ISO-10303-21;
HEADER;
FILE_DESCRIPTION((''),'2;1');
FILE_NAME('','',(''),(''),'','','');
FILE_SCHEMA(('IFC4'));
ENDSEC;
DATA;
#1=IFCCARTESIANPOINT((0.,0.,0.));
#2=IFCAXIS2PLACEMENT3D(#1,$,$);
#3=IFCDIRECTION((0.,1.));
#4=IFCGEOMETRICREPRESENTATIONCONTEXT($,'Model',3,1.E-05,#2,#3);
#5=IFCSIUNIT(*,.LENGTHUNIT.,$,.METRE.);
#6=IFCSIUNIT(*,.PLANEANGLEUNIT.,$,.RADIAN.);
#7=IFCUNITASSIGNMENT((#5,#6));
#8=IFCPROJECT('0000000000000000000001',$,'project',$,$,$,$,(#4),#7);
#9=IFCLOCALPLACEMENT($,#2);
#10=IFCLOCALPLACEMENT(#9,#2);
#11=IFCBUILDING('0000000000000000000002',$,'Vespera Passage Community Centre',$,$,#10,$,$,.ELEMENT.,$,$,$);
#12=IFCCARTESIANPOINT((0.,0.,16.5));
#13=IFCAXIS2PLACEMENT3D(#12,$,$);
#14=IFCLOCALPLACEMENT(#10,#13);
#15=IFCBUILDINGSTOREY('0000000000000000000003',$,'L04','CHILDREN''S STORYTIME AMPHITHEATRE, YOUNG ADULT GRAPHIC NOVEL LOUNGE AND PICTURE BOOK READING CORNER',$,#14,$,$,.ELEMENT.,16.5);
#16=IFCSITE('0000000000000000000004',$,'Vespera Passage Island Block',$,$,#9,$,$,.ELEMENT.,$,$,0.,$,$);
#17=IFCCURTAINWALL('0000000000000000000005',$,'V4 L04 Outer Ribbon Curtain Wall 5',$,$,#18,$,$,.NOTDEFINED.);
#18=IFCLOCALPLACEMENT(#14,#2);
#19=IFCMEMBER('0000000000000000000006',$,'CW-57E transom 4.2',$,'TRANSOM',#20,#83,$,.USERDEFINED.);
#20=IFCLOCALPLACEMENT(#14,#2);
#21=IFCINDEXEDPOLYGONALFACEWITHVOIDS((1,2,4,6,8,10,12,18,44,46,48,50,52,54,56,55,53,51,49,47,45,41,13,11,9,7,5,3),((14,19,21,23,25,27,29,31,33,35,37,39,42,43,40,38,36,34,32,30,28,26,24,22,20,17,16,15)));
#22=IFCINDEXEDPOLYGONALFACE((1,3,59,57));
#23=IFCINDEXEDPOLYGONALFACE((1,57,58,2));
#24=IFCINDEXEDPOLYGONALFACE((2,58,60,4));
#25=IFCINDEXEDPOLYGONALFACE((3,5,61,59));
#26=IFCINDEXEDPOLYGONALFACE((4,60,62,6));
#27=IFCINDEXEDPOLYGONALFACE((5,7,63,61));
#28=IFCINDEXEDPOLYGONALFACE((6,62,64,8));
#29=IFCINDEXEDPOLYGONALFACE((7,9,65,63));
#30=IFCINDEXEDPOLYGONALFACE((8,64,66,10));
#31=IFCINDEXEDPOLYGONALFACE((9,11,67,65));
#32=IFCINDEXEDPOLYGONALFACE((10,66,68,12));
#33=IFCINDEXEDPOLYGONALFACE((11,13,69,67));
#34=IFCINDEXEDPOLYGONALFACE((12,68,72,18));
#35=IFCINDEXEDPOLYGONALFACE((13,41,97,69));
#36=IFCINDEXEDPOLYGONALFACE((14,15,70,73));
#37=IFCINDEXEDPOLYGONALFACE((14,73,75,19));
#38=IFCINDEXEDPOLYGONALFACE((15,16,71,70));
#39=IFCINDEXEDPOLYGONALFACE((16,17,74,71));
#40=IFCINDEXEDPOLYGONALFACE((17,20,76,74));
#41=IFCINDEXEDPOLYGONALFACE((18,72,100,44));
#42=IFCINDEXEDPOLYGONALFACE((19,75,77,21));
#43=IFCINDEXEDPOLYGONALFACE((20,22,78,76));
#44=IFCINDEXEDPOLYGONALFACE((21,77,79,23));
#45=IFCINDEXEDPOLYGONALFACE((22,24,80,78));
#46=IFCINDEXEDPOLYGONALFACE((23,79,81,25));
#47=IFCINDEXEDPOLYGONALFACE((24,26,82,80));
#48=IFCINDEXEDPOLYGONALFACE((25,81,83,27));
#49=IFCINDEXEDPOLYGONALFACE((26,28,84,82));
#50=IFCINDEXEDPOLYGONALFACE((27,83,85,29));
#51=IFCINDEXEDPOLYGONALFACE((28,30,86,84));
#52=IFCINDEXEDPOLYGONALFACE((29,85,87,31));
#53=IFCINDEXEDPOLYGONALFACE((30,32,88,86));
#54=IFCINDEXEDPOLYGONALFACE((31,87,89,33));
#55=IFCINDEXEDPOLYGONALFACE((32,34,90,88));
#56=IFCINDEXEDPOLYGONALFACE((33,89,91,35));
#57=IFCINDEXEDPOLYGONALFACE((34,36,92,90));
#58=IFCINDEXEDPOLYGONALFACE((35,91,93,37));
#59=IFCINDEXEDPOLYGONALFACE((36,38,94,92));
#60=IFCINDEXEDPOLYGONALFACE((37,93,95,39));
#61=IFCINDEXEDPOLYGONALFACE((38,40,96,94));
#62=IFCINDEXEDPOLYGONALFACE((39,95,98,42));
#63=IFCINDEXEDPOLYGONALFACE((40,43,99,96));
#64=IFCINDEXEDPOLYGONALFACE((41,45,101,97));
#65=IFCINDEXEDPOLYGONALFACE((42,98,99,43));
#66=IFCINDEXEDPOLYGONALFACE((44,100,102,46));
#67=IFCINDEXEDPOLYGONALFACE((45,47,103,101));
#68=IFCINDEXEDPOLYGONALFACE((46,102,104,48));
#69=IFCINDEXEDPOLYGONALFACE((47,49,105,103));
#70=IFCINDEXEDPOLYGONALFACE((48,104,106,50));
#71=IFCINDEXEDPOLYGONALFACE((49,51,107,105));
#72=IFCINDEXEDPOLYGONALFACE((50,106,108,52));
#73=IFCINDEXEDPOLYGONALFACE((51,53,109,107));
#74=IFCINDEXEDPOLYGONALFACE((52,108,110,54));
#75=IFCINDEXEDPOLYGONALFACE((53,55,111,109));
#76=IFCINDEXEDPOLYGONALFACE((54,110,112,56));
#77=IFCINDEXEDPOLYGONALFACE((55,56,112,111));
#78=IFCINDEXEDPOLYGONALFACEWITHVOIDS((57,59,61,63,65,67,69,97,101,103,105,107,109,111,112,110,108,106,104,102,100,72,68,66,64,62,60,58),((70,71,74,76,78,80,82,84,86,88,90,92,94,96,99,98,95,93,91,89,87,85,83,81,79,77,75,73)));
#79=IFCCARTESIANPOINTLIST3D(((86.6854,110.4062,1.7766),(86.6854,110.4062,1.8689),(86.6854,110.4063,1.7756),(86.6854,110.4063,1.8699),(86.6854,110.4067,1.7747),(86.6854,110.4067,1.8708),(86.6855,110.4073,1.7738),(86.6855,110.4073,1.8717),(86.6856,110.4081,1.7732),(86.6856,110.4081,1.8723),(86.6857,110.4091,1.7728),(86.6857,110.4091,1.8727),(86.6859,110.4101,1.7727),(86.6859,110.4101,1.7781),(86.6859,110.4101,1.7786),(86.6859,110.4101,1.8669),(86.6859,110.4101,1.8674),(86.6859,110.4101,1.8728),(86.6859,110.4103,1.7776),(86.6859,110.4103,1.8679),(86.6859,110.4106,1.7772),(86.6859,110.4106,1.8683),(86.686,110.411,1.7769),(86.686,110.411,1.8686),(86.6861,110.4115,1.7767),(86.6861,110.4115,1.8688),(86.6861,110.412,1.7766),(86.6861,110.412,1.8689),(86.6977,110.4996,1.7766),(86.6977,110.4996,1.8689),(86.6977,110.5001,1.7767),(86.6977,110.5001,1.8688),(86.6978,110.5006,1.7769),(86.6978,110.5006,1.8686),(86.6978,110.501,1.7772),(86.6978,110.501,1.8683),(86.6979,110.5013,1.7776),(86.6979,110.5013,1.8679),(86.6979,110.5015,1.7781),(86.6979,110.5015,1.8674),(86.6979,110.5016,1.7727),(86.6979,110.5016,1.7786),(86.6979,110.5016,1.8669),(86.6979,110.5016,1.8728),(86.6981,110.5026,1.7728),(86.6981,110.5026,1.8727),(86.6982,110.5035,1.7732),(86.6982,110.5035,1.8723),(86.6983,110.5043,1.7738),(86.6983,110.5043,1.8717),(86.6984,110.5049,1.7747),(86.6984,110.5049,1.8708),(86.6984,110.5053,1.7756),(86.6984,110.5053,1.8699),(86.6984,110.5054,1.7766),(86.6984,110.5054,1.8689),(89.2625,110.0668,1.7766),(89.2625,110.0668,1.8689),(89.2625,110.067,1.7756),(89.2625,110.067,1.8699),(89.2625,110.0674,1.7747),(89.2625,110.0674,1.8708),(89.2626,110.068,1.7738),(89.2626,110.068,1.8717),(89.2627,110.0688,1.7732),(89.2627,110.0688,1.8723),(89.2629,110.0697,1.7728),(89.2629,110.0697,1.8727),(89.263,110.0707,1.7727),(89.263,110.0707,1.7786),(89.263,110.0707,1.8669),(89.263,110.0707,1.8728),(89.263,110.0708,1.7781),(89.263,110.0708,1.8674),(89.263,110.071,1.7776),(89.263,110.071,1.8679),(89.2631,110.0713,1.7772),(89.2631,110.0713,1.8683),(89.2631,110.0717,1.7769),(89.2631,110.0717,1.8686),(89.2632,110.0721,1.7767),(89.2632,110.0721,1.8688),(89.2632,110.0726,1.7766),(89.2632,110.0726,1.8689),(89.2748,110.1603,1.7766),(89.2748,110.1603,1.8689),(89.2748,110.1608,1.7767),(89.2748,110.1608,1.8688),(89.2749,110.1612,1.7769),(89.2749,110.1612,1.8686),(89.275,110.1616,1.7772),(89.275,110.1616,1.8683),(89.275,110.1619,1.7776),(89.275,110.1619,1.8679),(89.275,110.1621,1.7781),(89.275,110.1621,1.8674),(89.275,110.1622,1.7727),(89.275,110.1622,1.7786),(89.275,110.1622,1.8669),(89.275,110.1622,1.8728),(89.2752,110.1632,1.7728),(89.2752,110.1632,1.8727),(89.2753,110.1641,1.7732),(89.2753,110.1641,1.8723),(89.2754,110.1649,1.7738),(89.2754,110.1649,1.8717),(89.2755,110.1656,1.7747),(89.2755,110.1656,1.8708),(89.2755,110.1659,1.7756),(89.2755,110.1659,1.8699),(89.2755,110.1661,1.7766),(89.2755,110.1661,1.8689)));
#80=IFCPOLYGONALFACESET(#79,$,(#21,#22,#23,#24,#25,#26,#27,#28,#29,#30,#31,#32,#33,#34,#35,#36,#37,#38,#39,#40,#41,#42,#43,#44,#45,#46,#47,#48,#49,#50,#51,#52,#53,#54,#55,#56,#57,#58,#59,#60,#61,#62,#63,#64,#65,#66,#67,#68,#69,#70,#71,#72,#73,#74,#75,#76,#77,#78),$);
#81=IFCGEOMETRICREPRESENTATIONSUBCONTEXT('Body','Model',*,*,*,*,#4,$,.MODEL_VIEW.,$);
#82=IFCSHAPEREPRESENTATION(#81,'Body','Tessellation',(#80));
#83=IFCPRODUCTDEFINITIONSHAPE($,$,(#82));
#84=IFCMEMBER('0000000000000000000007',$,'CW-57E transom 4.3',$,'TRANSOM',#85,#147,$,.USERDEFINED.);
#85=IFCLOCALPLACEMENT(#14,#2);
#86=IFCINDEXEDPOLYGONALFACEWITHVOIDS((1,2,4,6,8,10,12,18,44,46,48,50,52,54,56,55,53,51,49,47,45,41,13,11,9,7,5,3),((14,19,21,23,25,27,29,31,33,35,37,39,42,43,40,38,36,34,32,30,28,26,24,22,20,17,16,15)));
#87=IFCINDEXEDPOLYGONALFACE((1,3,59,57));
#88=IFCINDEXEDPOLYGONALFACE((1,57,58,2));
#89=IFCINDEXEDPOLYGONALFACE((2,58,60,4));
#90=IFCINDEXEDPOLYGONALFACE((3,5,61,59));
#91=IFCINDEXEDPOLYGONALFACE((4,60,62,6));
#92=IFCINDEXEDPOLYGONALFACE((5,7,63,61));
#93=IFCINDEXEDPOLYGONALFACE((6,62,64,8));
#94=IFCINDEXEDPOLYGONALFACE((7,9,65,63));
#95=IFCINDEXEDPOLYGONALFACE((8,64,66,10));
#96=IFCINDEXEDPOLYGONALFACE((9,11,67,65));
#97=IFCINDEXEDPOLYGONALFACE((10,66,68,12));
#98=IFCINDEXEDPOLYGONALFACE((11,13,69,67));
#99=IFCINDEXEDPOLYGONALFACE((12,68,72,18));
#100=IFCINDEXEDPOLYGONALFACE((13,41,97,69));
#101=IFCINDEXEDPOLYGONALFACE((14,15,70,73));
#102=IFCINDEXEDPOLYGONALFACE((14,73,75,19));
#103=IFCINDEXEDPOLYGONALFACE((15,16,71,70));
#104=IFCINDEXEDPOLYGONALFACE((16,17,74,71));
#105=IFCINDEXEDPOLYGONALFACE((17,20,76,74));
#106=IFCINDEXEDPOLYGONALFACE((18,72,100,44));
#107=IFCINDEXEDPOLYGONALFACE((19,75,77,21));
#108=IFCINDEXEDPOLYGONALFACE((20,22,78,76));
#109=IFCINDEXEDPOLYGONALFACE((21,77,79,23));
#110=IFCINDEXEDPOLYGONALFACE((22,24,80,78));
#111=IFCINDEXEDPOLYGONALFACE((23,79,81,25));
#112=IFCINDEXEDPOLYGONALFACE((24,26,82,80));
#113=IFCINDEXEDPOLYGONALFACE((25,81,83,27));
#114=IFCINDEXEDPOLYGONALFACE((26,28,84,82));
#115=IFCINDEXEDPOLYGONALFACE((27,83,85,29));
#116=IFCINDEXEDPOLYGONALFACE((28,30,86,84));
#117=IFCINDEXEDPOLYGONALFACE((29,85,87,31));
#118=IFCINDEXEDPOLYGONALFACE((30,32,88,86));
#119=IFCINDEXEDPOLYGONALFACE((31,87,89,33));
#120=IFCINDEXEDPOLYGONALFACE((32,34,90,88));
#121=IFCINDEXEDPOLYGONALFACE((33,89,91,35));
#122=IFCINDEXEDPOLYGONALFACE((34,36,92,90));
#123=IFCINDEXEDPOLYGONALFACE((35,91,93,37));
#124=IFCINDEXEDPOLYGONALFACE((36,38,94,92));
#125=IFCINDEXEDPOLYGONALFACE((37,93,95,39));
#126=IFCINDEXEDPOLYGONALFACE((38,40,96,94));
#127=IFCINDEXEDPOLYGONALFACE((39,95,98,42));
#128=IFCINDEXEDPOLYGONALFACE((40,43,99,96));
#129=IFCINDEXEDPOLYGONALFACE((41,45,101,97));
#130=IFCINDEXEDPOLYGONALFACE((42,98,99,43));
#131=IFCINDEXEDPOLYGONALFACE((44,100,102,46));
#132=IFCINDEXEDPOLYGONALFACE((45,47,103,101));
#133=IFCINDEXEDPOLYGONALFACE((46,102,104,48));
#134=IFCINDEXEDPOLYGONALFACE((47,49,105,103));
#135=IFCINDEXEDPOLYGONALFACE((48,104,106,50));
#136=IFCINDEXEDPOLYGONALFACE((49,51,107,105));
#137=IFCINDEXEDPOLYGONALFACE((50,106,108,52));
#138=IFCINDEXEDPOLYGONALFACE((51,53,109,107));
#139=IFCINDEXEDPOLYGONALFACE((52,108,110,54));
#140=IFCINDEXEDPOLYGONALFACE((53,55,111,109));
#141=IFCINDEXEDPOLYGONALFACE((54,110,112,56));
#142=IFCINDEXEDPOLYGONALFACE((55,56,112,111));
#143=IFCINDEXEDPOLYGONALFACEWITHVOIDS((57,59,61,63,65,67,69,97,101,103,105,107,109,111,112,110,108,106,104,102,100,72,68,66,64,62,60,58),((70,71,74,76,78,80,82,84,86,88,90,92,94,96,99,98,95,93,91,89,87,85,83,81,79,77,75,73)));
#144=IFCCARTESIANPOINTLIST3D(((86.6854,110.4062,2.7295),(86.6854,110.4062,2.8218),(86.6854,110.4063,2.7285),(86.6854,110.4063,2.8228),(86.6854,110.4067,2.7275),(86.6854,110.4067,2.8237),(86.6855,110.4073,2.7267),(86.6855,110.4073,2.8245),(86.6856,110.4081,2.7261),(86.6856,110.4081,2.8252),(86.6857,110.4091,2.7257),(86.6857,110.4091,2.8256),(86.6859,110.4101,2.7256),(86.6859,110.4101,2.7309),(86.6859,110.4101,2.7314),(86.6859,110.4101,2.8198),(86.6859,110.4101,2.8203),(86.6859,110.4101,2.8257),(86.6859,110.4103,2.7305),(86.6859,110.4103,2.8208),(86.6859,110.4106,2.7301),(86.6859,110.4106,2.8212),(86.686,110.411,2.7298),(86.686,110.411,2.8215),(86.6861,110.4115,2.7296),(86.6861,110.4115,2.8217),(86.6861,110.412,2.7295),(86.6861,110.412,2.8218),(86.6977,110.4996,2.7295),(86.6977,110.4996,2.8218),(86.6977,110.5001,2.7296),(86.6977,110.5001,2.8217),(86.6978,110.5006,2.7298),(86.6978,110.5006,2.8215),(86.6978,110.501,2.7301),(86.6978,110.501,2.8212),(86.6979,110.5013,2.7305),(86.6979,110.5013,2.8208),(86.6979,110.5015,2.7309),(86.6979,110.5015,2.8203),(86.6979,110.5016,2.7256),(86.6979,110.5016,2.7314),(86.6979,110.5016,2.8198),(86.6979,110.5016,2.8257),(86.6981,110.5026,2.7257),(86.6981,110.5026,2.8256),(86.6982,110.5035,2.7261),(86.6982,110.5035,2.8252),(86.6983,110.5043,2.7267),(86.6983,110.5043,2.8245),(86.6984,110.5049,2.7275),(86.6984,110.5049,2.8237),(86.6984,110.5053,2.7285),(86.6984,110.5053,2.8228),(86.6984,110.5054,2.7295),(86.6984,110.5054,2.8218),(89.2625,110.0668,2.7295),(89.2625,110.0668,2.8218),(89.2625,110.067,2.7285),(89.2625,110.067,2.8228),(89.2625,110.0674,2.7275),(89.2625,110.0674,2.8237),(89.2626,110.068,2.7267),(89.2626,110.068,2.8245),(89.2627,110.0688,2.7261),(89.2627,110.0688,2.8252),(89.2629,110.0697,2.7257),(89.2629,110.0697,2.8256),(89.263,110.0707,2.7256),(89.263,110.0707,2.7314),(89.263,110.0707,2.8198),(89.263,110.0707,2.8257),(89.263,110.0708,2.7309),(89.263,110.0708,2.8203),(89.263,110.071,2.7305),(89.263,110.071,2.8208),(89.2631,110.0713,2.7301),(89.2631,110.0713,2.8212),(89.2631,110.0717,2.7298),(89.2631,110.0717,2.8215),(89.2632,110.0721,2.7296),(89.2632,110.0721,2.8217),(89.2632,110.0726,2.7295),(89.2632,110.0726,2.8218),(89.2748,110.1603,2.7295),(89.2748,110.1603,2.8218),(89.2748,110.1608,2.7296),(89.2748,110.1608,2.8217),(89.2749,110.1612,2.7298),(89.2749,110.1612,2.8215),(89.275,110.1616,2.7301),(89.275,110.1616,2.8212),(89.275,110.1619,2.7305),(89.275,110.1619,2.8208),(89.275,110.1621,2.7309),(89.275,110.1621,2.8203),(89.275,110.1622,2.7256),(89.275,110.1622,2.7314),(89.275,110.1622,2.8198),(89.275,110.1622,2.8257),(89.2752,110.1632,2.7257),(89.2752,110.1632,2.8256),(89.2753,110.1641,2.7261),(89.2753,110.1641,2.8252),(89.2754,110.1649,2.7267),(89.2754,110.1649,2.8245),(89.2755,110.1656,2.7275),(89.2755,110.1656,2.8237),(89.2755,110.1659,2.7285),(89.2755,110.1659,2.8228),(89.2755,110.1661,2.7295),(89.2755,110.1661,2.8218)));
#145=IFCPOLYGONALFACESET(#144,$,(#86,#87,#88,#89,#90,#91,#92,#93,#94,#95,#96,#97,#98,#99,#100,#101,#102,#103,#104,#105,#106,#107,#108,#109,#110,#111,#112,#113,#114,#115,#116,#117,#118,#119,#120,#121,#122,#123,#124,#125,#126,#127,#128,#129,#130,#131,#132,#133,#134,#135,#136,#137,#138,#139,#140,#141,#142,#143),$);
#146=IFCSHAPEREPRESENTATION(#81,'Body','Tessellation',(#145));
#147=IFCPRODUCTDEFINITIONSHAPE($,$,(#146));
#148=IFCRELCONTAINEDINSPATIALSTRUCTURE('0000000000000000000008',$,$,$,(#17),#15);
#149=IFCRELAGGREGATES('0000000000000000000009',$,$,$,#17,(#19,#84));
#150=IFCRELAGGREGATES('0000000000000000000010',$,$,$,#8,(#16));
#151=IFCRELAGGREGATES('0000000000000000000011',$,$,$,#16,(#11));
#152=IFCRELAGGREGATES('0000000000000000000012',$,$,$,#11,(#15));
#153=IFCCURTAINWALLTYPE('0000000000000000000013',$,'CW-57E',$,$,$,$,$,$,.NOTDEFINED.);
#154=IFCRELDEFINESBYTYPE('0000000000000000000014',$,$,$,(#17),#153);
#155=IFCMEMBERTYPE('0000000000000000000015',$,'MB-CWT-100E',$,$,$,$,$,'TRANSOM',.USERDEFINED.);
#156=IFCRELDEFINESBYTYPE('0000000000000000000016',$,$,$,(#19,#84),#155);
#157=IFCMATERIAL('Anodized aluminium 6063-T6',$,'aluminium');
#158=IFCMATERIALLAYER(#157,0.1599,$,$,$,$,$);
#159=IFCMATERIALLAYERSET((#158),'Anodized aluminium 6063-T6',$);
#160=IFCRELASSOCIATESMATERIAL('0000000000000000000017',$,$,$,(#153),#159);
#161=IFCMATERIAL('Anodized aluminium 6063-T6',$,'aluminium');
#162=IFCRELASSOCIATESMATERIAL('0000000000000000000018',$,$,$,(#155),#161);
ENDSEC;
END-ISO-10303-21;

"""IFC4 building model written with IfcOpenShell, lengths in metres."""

from ifc_helpers import new_model, si_unit, direction, frame, origin, origin_2d, place, context, subcontext, project, spatial, hollow_rectangle, extrude, material, layer, layer_set, material_profile, profile_set, type_object, element, aggregate, save


model = new_model("IFC4")

# Units and contexts
model_context = context("Model", 3, precision=1e-05, world=origin(), true_north=direction((0.0, 1.0)))
body_context = subcontext(model_context, "Body", "Model", "MODEL_VIEW")
ifc_project = project(units=[si_unit("LENGTHUNIT", "METRE"), si_unit("PLANEANGLEUNIT", "RADIAN")], contexts=[model_context])

# Site, building, storey
site_placement = place(None, origin())
site = spatial("IfcSite", under=ifc_project, at=site_placement, Name="Vespera Passage Island Block", CompositionType="ELEMENT", RefElevation=0.0)
building_placement = place(site_placement, origin())
building = spatial("IfcBuilding", under=site, at=building_placement, Name="Vespera Passage Community Centre", CompositionType="ELEMENT")
storey_placement = place(building_placement, frame((0.0, 0.0, 16.5)))
storey = spatial("IfcBuildingStorey", under=building, at=storey_placement, Name="L04", Description="CHILDREN'S STORYTIME AMPHITHEATRE, YOUNG ADULT GRAPHIC NOVEL LOUNGE AND PICTURE BOOK READING CORNER", CompositionType="ELEMENT", Elevation=16.5)

# Curtain wall, members
ifc_material_1 = material(Name="Anodized aluminium 6063-T6", Category="aluminium")
ifc_layer_1 = layer(ifc_material_1, 0.1599)
ifc_layer_set_1 = layer_set([ifc_layer_1], Name="Anodized aluminium 6063-T6")
curtain_wall_type_1 = type_object("IfcCurtainWallType", Name="CW-57E", PredefinedType="NOTDEFINED", material=ifc_layer_set_1)
curtain_wall_1_placement = place(storey_placement, origin())
curtain_wall_1 = element("IfcCurtainWall", 1, at=curtain_wall_1_placement, inside=storey, type_object=curtain_wall_type_1, Name="V4 L04 Outer Ribbon Curtain Wall 5", PredefinedType="NOTDEFINED")
ifc_material_2 = material(Name="Anodized aluminium 6063-T6", Category="aluminium")
ifc_material_profile_1 = material_profile(ifc_material_2, hollow_rectangle(XDim=0.1001, YDim=0.1001, WallThickness=0.0039, InnerFilletRadius=0.002, OuterFilletRadius=0.0039, at=origin_2d()), Name="ALU100X100X4")
ifc_profile_set_1 = profile_set([ifc_material_profile_1], Name="Anodized aluminium 6063-T6")
member_type_1 = type_object("IfcMemberType", Name="MB-CWT-100E", ElementType="TRANSOM", PredefinedType="USERDEFINED", material=ifc_profile_set_1)
member_1_placement = place(storey_placement, frame((86.6919, 110.4558, 1.8228), z_axis=(0.991442, -0.130552, 0.0), x_axis=(0.130552, 0.991442, 0.0)))
member_1 = element("IfcMember", 2, at=member_1_placement, type_object=member_type_1, Name="CW-57E transom 4.2", ObjectType="TRANSOM", PredefinedType="USERDEFINED", context=body_context, shape_type="SweptSolid", body=[
    extrude(hollow_rectangle(XDim=0.1001, YDim=0.1001, WallThickness=0.0039, InnerFilletRadius=0.002, OuterFilletRadius=0.0039, at=origin_2d()), origin(), (0.0, 0.0, 1.0), 2.5994),
])
member_2_placement = place(storey_placement, frame((86.6919, 110.4558, 2.7756), z_axis=(0.991442, -0.130552, 0.0), x_axis=(0.130552, 0.991442, 0.0)))
member_2 = element("IfcMember", 3, at=member_2_placement, type_object=member_type_1, Name="CW-57E transom 4.3", ObjectType="TRANSOM", PredefinedType="USERDEFINED", context=body_context, shape_type="SweptSolid", body=[
    extrude(hollow_rectangle(XDim=0.1001, YDim=0.1001, WallThickness=0.0039, InnerFilletRadius=0.002, OuterFilletRadius=0.0039, at=origin_2d()), origin(), (0.0, 0.0, 1.0), 2.5994),
])
aggregate(curtain_wall_1, [member_1, member_2])

save(model, "model.ifc")
